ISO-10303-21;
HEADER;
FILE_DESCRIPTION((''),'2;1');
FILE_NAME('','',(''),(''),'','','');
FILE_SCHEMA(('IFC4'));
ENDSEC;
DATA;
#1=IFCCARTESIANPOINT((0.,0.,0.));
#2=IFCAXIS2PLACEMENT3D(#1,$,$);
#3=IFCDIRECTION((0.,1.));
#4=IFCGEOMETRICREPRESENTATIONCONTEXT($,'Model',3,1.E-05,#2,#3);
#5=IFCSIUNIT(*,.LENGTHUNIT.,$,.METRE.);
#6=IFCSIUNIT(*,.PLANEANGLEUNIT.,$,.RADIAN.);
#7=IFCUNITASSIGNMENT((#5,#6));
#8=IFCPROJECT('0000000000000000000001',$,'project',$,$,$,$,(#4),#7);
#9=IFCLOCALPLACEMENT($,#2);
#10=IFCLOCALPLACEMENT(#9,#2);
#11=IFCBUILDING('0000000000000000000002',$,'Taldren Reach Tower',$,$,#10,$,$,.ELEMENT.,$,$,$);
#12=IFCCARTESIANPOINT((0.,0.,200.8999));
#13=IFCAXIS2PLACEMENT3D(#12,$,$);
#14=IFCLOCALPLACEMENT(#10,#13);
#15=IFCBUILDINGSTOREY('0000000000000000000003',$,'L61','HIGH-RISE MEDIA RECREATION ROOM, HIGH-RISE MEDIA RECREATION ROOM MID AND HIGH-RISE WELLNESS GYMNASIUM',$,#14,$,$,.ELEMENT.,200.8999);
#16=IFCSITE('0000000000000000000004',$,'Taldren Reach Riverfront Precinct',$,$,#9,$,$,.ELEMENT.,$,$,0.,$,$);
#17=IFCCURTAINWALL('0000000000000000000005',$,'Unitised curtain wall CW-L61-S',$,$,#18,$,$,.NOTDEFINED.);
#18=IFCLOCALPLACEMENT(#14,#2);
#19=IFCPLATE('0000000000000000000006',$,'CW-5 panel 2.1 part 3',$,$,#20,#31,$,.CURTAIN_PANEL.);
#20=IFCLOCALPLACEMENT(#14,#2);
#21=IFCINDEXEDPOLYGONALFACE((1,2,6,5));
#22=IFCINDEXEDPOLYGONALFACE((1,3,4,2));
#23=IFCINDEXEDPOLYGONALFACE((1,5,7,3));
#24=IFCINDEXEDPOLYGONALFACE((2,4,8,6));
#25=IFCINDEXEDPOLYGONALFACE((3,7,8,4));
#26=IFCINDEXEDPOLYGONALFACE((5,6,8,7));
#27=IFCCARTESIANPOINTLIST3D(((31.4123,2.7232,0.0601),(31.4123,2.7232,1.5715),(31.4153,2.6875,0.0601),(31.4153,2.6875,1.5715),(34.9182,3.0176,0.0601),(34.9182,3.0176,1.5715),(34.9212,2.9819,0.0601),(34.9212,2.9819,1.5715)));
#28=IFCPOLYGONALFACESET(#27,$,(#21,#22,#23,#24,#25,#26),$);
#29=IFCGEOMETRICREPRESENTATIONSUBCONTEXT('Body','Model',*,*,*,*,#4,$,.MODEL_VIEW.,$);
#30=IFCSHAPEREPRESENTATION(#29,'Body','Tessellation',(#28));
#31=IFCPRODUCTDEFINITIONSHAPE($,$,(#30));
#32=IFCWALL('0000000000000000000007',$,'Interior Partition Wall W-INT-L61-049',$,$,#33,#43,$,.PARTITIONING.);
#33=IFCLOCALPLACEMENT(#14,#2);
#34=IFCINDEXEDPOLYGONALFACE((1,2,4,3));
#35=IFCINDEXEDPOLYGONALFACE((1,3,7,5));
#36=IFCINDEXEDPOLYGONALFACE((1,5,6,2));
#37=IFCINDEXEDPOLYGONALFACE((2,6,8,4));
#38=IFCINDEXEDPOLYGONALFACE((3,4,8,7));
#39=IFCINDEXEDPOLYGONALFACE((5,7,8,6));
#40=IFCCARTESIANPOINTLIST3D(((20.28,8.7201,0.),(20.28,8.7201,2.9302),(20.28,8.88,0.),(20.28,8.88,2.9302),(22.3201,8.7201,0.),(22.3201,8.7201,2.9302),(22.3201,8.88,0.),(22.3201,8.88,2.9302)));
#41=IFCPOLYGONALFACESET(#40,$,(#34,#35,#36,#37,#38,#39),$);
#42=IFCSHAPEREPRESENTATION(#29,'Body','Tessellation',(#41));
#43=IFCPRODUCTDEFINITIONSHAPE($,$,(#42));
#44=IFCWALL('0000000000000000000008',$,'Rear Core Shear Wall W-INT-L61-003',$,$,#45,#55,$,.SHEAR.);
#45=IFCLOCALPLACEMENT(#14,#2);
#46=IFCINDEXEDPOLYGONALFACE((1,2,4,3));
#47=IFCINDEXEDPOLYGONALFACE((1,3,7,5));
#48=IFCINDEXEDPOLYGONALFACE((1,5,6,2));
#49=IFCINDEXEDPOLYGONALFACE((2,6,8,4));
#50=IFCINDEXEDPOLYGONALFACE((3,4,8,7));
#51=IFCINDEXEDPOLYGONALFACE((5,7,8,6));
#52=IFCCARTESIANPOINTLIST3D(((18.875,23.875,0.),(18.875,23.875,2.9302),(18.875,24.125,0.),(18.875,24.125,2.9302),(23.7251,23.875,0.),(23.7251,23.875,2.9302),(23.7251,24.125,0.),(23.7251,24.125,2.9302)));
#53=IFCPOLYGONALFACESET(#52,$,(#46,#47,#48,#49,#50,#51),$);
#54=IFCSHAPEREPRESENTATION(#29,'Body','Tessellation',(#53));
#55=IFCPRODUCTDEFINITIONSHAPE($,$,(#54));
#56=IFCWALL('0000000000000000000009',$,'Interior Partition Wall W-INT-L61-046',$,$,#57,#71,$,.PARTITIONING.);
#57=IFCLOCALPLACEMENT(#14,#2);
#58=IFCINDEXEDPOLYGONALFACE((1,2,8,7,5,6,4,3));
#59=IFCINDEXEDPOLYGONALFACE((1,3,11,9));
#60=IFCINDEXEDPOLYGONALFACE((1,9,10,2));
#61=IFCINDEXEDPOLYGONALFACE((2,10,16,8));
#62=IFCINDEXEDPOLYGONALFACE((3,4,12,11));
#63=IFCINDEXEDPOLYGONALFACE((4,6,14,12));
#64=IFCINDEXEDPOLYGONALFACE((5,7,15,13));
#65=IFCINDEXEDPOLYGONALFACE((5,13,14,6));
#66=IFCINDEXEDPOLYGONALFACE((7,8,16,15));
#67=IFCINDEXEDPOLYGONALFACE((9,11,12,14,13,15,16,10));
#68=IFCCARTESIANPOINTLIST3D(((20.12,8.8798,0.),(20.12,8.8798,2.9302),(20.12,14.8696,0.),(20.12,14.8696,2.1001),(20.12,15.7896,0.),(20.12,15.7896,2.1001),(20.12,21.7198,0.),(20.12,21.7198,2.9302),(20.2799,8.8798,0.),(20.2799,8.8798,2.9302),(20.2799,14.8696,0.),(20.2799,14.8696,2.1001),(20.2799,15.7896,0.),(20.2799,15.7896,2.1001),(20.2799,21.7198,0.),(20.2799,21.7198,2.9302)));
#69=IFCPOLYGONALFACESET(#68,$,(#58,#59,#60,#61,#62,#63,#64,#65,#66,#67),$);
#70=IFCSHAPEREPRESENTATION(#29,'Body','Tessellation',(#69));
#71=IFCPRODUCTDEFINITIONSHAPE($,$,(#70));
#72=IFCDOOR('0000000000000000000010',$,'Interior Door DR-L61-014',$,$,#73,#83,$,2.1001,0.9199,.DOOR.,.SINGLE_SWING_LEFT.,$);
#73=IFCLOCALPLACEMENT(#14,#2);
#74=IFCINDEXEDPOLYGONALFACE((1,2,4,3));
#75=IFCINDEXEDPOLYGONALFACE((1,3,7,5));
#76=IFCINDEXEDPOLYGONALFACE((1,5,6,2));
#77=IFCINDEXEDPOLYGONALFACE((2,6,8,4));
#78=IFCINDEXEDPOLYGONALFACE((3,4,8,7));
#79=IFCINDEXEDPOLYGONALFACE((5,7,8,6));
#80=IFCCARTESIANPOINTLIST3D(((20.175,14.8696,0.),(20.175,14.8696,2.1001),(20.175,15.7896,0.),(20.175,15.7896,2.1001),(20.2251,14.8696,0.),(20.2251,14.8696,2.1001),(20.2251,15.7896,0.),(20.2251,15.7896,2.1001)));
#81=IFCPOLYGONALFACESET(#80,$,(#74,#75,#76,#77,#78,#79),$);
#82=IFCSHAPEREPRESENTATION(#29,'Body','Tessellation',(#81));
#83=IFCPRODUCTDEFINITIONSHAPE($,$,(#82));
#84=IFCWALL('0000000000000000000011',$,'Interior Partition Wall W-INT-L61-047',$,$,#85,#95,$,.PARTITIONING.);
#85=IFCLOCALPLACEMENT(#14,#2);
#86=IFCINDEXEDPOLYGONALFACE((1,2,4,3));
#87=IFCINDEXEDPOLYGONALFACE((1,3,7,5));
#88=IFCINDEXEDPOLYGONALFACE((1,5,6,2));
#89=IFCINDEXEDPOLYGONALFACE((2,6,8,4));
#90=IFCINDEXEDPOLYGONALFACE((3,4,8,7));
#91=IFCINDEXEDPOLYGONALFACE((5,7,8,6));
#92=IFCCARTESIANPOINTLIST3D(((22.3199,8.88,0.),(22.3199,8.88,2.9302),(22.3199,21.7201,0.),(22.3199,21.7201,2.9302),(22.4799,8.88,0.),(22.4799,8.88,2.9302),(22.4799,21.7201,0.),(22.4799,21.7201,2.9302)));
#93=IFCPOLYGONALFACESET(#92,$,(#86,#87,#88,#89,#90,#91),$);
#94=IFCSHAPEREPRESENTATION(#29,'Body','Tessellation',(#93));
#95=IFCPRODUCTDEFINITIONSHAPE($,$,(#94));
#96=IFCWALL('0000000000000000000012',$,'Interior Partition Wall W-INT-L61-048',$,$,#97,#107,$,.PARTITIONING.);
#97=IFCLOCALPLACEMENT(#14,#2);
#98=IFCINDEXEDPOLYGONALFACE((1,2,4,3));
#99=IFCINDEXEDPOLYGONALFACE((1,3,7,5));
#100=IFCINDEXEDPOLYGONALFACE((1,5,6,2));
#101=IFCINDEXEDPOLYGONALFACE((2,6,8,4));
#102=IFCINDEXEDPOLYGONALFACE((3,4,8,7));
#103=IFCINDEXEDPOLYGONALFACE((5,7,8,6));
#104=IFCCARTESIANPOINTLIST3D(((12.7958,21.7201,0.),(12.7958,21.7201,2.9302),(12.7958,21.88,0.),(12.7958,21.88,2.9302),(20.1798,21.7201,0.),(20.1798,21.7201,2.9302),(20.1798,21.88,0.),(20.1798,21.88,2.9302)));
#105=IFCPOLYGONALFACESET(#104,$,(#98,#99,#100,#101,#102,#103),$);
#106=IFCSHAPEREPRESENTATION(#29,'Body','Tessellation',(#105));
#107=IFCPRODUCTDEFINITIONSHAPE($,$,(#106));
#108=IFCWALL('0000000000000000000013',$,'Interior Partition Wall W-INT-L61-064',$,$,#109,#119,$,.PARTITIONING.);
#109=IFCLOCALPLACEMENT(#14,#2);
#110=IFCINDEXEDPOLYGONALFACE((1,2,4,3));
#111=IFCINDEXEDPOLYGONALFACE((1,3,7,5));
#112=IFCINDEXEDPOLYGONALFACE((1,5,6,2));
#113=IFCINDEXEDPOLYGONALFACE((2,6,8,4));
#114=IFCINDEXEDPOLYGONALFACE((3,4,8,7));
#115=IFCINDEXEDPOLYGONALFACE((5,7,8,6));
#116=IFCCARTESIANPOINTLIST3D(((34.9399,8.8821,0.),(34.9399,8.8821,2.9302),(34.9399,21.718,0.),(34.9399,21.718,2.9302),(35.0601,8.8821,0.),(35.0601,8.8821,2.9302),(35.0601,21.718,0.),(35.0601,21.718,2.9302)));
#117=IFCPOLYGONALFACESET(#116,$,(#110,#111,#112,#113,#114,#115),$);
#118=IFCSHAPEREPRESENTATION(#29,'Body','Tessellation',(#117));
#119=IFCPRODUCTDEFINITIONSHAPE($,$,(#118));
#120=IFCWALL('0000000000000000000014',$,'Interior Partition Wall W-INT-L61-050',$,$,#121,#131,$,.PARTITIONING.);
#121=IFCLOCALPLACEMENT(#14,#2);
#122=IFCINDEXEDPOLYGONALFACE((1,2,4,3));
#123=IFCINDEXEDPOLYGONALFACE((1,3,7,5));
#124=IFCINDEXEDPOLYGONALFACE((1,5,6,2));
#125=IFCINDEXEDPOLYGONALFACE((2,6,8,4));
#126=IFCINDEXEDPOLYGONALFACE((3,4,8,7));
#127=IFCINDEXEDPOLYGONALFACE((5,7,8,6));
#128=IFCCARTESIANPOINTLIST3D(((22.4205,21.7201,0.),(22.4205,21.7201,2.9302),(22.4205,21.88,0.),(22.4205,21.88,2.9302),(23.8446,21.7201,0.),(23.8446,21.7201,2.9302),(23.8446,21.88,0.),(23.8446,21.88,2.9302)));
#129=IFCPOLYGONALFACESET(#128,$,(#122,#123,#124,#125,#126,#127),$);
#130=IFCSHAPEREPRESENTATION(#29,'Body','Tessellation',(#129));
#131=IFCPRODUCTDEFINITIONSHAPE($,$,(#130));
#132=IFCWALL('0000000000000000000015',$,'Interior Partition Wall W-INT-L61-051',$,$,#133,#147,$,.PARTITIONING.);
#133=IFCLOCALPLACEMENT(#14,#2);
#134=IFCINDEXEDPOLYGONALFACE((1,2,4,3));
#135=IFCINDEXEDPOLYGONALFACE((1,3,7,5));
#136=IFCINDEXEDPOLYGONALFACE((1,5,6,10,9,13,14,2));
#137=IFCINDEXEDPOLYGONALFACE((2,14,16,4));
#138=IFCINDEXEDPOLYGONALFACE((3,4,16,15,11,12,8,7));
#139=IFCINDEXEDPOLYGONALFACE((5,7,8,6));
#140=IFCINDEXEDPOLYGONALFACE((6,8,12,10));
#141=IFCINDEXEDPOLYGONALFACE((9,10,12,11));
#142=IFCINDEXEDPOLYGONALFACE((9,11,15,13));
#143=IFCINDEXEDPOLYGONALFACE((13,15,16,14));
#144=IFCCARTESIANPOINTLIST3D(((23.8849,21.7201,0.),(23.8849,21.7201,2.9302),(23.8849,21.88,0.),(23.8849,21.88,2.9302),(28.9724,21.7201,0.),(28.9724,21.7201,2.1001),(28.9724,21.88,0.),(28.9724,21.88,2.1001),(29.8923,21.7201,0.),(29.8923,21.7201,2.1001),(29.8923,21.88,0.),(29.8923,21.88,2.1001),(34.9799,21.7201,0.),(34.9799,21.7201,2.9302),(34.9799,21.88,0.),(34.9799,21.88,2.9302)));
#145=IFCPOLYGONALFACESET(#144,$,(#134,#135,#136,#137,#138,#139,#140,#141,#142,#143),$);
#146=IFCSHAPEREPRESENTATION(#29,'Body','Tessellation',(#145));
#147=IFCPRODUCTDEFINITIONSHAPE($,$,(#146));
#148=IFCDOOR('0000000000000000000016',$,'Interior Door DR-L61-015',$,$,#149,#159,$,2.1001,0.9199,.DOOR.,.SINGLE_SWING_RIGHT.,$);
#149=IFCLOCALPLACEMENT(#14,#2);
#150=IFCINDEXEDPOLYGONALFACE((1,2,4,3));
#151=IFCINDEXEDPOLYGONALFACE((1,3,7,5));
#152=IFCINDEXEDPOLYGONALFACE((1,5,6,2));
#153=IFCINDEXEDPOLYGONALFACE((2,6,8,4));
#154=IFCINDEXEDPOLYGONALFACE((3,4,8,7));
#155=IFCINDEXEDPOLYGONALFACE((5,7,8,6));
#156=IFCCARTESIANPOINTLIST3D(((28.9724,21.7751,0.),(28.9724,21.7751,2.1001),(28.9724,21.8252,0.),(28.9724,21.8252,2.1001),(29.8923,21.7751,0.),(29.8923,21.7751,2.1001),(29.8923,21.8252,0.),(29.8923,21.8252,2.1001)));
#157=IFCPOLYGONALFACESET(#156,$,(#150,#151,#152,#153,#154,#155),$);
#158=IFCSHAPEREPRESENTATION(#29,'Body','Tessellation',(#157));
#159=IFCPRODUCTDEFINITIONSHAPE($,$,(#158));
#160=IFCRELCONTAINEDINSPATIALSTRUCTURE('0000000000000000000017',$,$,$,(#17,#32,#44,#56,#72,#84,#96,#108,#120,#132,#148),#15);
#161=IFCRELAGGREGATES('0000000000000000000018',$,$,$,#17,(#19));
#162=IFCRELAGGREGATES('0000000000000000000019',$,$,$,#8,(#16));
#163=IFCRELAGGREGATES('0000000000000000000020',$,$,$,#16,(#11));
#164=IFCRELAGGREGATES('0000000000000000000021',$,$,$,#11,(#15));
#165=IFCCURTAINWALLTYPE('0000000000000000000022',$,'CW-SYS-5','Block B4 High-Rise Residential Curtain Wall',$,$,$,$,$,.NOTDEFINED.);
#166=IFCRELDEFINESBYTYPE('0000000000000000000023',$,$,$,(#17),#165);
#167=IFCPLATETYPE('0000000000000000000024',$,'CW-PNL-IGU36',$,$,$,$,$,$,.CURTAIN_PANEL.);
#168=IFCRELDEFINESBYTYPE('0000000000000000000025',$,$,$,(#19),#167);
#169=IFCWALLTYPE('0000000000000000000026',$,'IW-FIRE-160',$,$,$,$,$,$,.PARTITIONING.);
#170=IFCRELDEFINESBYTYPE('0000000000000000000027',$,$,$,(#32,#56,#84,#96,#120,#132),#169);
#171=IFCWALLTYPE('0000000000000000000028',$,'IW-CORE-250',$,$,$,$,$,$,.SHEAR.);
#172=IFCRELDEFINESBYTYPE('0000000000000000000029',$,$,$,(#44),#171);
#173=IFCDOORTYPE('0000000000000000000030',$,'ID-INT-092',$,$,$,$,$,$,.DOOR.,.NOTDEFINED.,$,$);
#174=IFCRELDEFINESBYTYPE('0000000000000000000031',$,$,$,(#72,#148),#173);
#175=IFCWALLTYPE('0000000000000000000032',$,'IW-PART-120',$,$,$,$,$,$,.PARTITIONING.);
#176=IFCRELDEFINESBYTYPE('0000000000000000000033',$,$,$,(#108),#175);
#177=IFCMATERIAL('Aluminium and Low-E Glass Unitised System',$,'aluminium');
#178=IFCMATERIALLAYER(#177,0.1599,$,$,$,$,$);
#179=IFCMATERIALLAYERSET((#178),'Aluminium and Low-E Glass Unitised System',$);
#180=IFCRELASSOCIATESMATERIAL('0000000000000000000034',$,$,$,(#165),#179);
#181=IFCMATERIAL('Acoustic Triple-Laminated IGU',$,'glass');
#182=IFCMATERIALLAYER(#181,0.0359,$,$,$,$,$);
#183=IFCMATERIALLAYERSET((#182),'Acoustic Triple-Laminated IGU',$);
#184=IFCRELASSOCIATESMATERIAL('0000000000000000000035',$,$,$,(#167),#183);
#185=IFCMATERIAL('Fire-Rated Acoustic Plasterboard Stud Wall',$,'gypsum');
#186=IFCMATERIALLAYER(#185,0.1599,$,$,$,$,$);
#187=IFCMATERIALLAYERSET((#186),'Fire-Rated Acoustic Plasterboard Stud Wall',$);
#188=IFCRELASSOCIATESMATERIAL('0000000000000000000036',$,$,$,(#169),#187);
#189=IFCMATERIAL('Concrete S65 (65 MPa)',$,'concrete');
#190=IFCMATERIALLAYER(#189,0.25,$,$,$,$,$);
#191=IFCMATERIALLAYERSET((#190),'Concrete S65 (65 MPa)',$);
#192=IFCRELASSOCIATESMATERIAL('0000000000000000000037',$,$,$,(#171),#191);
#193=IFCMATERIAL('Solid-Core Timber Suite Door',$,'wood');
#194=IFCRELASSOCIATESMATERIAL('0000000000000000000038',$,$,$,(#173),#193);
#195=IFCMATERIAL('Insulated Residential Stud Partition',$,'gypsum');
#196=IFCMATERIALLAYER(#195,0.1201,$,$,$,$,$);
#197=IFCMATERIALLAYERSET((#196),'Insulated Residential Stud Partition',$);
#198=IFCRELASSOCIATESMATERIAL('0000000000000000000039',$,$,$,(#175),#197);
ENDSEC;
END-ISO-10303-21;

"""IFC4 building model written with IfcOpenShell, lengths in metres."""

from ifc_helpers import new_model, si_unit, direction, frame, frame_2d, origin, origin_2d, place, context, subcontext, project, spatial, rectangle, extrude, source, transform, mapped, material, layer, layer_set, type_object, element, fill, aggregate, save


model = new_model("IFC4")

# Units and contexts
model_context = context("Model", 3, precision=1e-05, world=origin(), true_north=direction((0.0, 1.0)))
body_context = subcontext(model_context, "Body", "Model", "MODEL_VIEW")
ifc_project = project(units=[si_unit("LENGTHUNIT", "METRE"), si_unit("PLANEANGLEUNIT", "RADIAN")], contexts=[model_context])

# Site, building, storey
site_placement = place(None, origin())
site = spatial("IfcSite", under=ifc_project, at=site_placement, Name="Taldren Reach Riverfront Precinct", CompositionType="ELEMENT", RefElevation=0.0)
building_placement = place(site_placement, origin())
building = spatial("IfcBuilding", under=site, at=building_placement, Name="Taldren Reach Tower", CompositionType="ELEMENT")
storey_placement = place(building_placement, frame((0.0, 0.0, 200.8999)))
storey = spatial("IfcBuildingStorey", under=building, at=storey_placement, Name="L61", Description="HIGH-RISE MEDIA RECREATION ROOM, HIGH-RISE MEDIA RECREATION ROOM MID AND HIGH-RISE WELLNESS GYMNASIUM", CompositionType="ELEMENT", Elevation=200.8999)

# Curtain wall, plate
ifc_material_1 = material(Name="Aluminium and Low-E Glass Unitised System", Category="aluminium")
ifc_layer_1 = layer(ifc_material_1, 0.1599)
ifc_layer_set_1 = layer_set([ifc_layer_1], Name="Aluminium and Low-E Glass Unitised System")
curtain_wall_type = type_object("IfcCurtainWallType", Name="CW-SYS-5", Description="Block B4 High-Rise Residential Curtain Wall", PredefinedType="NOTDEFINED", material=ifc_layer_set_1)
curtain_wall_placement = place(storey_placement, origin())
curtain_wall = element("IfcCurtainWall", 1, at=curtain_wall_placement, inside=storey, type_object=curtain_wall_type, Name="Unitised curtain wall CW-L61-S", PredefinedType="NOTDEFINED")
ifc_material_2 = material(Name="Acoustic Triple-Laminated IGU", Category="glass")
ifc_layer_2 = layer(ifc_material_2, 0.0359)
ifc_layer_set_2 = layer_set([ifc_layer_2], Name="Acoustic Triple-Laminated IGU")
plate_type = type_object("IfcPlateType", Name="CW-PNL-IGU36", PredefinedType="CURTAIN_PANEL", material=ifc_layer_set_2)
shared_shape_1 = source(origin(), body_context, "Body", "SweptSolid", [
    extrude(rectangle(XDim=3.5183, YDim=0.0359, at=origin_2d()), origin(), (0.0, 0.0, 1.0), 1.5115),
])
plate_placement = place(storey_placement, frame((33.1667, 2.8525, 0.0601), z_axis=(0.0, 0.0, 1.0), x_axis=(0.996493, 0.083678, 0.0)))
plate = element("IfcPlate", 2, at=plate_placement, type_object=plate_type, Name="CW-5 panel 2.1 part 3", PredefinedType="CURTAIN_PANEL", context=body_context, shape_type="MappedRepresentation", body=[
    mapped(shared_shape_1, transform((0.0, 0.0, 0.0), scale=1.0)),
])
aggregate(curtain_wall, [plate])

# Walls
ifc_material_3 = material(Name="Fire-Rated Acoustic Plasterboard Stud Wall", Category="gypsum")
ifc_layer_3 = layer(ifc_material_3, 0.1599)
ifc_layer_set_3 = layer_set([ifc_layer_3], Name="Fire-Rated Acoustic Plasterboard Stud Wall")
wall_type_1 = type_object("IfcWallType", Name="IW-FIRE-160", PredefinedType="PARTITIONING", material=ifc_layer_set_3)
shared_shape_2 = source(origin(), body_context, "Body", "SweptSolid", [
    extrude(rectangle(XDim=2.04, YDim=0.1599, at=frame_2d((1.02, 0.0))), origin(), (0.0, 0.0, 1.0), 2.9302),
])
wall_1_placement = place(storey_placement, frame((22.3201, 8.8, 0.0), z_axis=(0.0, 0.0, 1.0), x_axis=(-1.0, 0.0, 0.0)))
element("IfcWall", 3, at=wall_1_placement, inside=storey, type_object=wall_type_1, Name="Interior Partition Wall W-INT-L61-049", PredefinedType="PARTITIONING", context=body_context, shape_type="MappedRepresentation", body=[
    mapped(shared_shape_2, transform((0.0, 0.0, 0.0), scale=1.0)),
])
ifc_material_4 = material(Name="Concrete S65 (65 MPa)", Category="concrete")
ifc_layer_4 = layer(ifc_material_4, 0.25)
ifc_layer_set_4 = layer_set([ifc_layer_4], Name="Concrete S65 (65 MPa)")
wall_type_2 = type_object("IfcWallType", Name="IW-CORE-250", PredefinedType="SHEAR", material=ifc_layer_set_4)
shared_shape_3 = source(origin(), body_context, "Body", "SweptSolid", [
    extrude(rectangle(XDim=4.8501, YDim=0.25, at=frame_2d((2.425, 0.0))), origin(), (0.0, 0.0, 1.0), 2.9302),
])
wall_2_placement = place(storey_placement, frame((18.875, 24.0, 0.0), z_axis=(0.0, 0.0, 1.0), x_axis=(1.0, 0.0, 0.0)))
element("IfcWall", 4, at=wall_2_placement, inside=storey, type_object=wall_type_2, Name="Rear Core Shear Wall W-INT-L61-003", PredefinedType="SHEAR", context=body_context, shape_type="MappedRepresentation", body=[
    mapped(shared_shape_3, transform((0.0, 0.0, 0.0), scale=1.0)),
])

# Wall, opening, door
shared_shape_4 = source(origin(), body_context, "Body", "SweptSolid", [
    extrude(rectangle(XDim=12.8401, YDim=0.1599, at=frame_2d((6.4199, 0.0))), origin(), (0.0, 0.0, 1.0), 2.9302),
])
wall_3_placement = place(storey_placement, frame((20.2, 8.8799, 0.0), z_axis=(0.0, 0.0, 1.0), x_axis=(0.0, 1.0, 0.0)))
wall_3 = element("IfcWall", 5, at=wall_3_placement, inside=storey, type_object=wall_type_1, Name="Interior Partition Wall W-INT-L61-046", PredefinedType="PARTITIONING", context=body_context, shape_type="MappedRepresentation", body=[
    mapped(shared_shape_4, transform((0.0, 0.0, 0.0), scale=1.0)),
])
shared_shape_5 = source(origin(), body_context, "Body", "SweptSolid", [
    extrude(rectangle(XDim=0.9199, YDim=2.1001, at=frame_2d((0.46, 1.05))), frame((0.0, 0.0898, 0.0), z_axis=(0.0, -1.0, 0.0), x_axis=(1.0, 0.0, 0.0)), (0.0, 0.0, 1.0), 0.1799),
])
opening_1_placement = place(wall_3_placement, frame((5.9897, 0.0, 0.0)))
opening_1 = element("IfcOpeningElement", 6, at=opening_1_placement, cuts=wall_3, PredefinedType="OPENING", context=body_context, shape_type="MappedRepresentation", body=[
    mapped(shared_shape_5, transform((0.0, 0.0, 0.0), scale=1.0)),
])
ifc_material_5 = material(Name="Solid-Core Timber Suite Door", Category="wood")
door_type = type_object("IfcDoorType", Name="ID-INT-092", OperationType="NOTDEFINED", PredefinedType="DOOR", material=ifc_material_5)
shared_shape_6 = source(origin(), body_context, "Body", "SweptSolid", [
    extrude(rectangle(XDim=0.9199, YDim=2.1001, at=frame_2d((0.46, 1.05))), frame((0.0, 0.0249, 0.0), z_axis=(0.0, -1.0, 0.0), x_axis=(1.0, 0.0, 0.0)), (0.0, 0.0, 1.0), 0.05),
])
door_1_placement = place(opening_1_placement, origin())
door_1 = element("IfcDoor", 7, at=door_1_placement, inside=storey, type_object=door_type, Name="Interior Door DR-L61-014", OperationType="SINGLE_SWING_LEFT", OverallHeight=2.1001, OverallWidth=0.9199, PredefinedType="DOOR", context=body_context, shape_type="MappedRepresentation", body=[
    mapped(shared_shape_6, transform((0.0, 0.0, 0.0), scale=1.0)),
])
fill(opening_1, door_1)

# Walls
wall_4_placement = place(storey_placement, frame((22.3999, 21.72, 0.0), z_axis=(0.0, 0.0, 1.0), x_axis=(0.0, -1.0, 0.0)))
element("IfcWall", 8, at=wall_4_placement, inside=storey, type_object=wall_type_1, Name="Interior Partition Wall W-INT-L61-047", PredefinedType="PARTITIONING", context=body_context, shape_type="MappedRepresentation", body=[
    mapped(shared_shape_4, transform((0.0, 0.0, 0.0), scale=1.0)),
])
shared_shape_7 = source(origin(), body_context, "Body", "SweptSolid", [
    extrude(rectangle(XDim=7.384, YDim=0.1599, at=frame_2d((3.6919, 0.0))), origin(), (0.0, 0.0, 1.0), 2.9302),
])
wall_5_placement = place(storey_placement, frame((20.1797, 21.8, 0.0), z_axis=(0.0, 0.0, 1.0), x_axis=(-1.0, 0.0, 0.0)))
element("IfcWall", 9, at=wall_5_placement, inside=storey, type_object=wall_type_1, Name="Interior Partition Wall W-INT-L61-048", PredefinedType="PARTITIONING", context=body_context, shape_type="MappedRepresentation", body=[
    mapped(shared_shape_7, transform((0.0, 0.0, 0.0), scale=1.0)),
])
ifc_material_6 = material(Name="Insulated Residential Stud Partition", Category="gypsum")
ifc_layer_5 = layer(ifc_material_6, 0.1201)
ifc_layer_set_5 = layer_set([ifc_layer_5], Name="Insulated Residential Stud Partition")
wall_type_3 = type_object("IfcWallType", Name="IW-PART-120", PredefinedType="PARTITIONING", material=ifc_layer_set_5)
shared_shape_8 = source(origin(), body_context, "Body", "SweptSolid", [
    extrude(rectangle(XDim=12.8359, YDim=0.1201, at=frame_2d((6.418, 0.0))), origin(), (0.0, 0.0, 1.0), 2.9302),
])
wall_6_placement = place(storey_placement, frame((35.0, 21.718, 0.0), z_axis=(0.0, 0.0, 1.0), x_axis=(0.0, -1.0, 0.0)))
element("IfcWall", 10, at=wall_6_placement, inside=storey, type_object=wall_type_3, Name="Interior Partition Wall W-INT-L61-064", PredefinedType="PARTITIONING", context=body_context, shape_type="MappedRepresentation", body=[
    mapped(shared_shape_8, transform((0.0, 0.0, 0.0), scale=1.0)),
])
shared_shape_9 = source(origin(), body_context, "Body", "SweptSolid", [
    extrude(rectangle(XDim=1.4241, YDim=0.1599, at=frame_2d((0.7119, 0.0))), origin(), (0.0, 0.0, 1.0), 2.9302),
])
wall_7_placement = place(storey_placement, frame((23.8445, 21.8, 0.0), z_axis=(0.0, 0.0, 1.0), x_axis=(-1.0, 0.0, 0.0)))
element("IfcWall", 11, at=wall_7_placement, inside=storey, type_object=wall_type_1, Name="Interior Partition Wall W-INT-L61-050", PredefinedType="PARTITIONING", context=body_context, shape_type="MappedRepresentation", body=[
    mapped(shared_shape_9, transform((0.0, 0.0, 0.0), scale=1.0)),
])

# Wall, opening, door
shared_shape_10 = source(origin(), body_context, "Body", "SweptSolid", [
    extrude(rectangle(XDim=11.095, YDim=0.1599, at=frame_2d((5.5474, 0.0))), origin(), (0.0, 0.0, 1.0), 2.9302),
])
wall_8_placement = place(storey_placement, frame((34.9797, 21.8, 0.0), z_axis=(0.0, 0.0, 1.0), x_axis=(-1.0, 0.0, 0.0)))
wall_8 = element("IfcWall", 12, at=wall_8_placement, inside=storey, type_object=wall_type_1, Name="Interior Partition Wall W-INT-L61-051", PredefinedType="PARTITIONING", context=body_context, shape_type="MappedRepresentation", body=[
    mapped(shared_shape_10, transform((0.0, 0.0, 0.0), scale=1.0)),
])
opening_2_placement = place(wall_8_placement, frame((5.0874, 0.0, 0.0)))
opening_2 = element("IfcOpeningElement", 13, at=opening_2_placement, cuts=wall_8, PredefinedType="OPENING", context=body_context, shape_type="MappedRepresentation", body=[
    mapped(shared_shape_5, transform((0.0, 0.0, 0.0), scale=1.0)),
])
door_2_placement = place(opening_2_placement, origin())
door_2 = element("IfcDoor", 14, at=door_2_placement, inside=storey, type_object=door_type, Name="Interior Door DR-L61-015", OperationType="SINGLE_SWING_RIGHT", OverallHeight=2.1001, OverallWidth=0.9199, PredefinedType="DOOR", context=body_context, shape_type="MappedRepresentation", body=[
    mapped(shared_shape_6, transform((0.0, 0.0, 0.0), scale=1.0)),
])
fill(opening_2, door_2)

save(model, "model.ifc")
